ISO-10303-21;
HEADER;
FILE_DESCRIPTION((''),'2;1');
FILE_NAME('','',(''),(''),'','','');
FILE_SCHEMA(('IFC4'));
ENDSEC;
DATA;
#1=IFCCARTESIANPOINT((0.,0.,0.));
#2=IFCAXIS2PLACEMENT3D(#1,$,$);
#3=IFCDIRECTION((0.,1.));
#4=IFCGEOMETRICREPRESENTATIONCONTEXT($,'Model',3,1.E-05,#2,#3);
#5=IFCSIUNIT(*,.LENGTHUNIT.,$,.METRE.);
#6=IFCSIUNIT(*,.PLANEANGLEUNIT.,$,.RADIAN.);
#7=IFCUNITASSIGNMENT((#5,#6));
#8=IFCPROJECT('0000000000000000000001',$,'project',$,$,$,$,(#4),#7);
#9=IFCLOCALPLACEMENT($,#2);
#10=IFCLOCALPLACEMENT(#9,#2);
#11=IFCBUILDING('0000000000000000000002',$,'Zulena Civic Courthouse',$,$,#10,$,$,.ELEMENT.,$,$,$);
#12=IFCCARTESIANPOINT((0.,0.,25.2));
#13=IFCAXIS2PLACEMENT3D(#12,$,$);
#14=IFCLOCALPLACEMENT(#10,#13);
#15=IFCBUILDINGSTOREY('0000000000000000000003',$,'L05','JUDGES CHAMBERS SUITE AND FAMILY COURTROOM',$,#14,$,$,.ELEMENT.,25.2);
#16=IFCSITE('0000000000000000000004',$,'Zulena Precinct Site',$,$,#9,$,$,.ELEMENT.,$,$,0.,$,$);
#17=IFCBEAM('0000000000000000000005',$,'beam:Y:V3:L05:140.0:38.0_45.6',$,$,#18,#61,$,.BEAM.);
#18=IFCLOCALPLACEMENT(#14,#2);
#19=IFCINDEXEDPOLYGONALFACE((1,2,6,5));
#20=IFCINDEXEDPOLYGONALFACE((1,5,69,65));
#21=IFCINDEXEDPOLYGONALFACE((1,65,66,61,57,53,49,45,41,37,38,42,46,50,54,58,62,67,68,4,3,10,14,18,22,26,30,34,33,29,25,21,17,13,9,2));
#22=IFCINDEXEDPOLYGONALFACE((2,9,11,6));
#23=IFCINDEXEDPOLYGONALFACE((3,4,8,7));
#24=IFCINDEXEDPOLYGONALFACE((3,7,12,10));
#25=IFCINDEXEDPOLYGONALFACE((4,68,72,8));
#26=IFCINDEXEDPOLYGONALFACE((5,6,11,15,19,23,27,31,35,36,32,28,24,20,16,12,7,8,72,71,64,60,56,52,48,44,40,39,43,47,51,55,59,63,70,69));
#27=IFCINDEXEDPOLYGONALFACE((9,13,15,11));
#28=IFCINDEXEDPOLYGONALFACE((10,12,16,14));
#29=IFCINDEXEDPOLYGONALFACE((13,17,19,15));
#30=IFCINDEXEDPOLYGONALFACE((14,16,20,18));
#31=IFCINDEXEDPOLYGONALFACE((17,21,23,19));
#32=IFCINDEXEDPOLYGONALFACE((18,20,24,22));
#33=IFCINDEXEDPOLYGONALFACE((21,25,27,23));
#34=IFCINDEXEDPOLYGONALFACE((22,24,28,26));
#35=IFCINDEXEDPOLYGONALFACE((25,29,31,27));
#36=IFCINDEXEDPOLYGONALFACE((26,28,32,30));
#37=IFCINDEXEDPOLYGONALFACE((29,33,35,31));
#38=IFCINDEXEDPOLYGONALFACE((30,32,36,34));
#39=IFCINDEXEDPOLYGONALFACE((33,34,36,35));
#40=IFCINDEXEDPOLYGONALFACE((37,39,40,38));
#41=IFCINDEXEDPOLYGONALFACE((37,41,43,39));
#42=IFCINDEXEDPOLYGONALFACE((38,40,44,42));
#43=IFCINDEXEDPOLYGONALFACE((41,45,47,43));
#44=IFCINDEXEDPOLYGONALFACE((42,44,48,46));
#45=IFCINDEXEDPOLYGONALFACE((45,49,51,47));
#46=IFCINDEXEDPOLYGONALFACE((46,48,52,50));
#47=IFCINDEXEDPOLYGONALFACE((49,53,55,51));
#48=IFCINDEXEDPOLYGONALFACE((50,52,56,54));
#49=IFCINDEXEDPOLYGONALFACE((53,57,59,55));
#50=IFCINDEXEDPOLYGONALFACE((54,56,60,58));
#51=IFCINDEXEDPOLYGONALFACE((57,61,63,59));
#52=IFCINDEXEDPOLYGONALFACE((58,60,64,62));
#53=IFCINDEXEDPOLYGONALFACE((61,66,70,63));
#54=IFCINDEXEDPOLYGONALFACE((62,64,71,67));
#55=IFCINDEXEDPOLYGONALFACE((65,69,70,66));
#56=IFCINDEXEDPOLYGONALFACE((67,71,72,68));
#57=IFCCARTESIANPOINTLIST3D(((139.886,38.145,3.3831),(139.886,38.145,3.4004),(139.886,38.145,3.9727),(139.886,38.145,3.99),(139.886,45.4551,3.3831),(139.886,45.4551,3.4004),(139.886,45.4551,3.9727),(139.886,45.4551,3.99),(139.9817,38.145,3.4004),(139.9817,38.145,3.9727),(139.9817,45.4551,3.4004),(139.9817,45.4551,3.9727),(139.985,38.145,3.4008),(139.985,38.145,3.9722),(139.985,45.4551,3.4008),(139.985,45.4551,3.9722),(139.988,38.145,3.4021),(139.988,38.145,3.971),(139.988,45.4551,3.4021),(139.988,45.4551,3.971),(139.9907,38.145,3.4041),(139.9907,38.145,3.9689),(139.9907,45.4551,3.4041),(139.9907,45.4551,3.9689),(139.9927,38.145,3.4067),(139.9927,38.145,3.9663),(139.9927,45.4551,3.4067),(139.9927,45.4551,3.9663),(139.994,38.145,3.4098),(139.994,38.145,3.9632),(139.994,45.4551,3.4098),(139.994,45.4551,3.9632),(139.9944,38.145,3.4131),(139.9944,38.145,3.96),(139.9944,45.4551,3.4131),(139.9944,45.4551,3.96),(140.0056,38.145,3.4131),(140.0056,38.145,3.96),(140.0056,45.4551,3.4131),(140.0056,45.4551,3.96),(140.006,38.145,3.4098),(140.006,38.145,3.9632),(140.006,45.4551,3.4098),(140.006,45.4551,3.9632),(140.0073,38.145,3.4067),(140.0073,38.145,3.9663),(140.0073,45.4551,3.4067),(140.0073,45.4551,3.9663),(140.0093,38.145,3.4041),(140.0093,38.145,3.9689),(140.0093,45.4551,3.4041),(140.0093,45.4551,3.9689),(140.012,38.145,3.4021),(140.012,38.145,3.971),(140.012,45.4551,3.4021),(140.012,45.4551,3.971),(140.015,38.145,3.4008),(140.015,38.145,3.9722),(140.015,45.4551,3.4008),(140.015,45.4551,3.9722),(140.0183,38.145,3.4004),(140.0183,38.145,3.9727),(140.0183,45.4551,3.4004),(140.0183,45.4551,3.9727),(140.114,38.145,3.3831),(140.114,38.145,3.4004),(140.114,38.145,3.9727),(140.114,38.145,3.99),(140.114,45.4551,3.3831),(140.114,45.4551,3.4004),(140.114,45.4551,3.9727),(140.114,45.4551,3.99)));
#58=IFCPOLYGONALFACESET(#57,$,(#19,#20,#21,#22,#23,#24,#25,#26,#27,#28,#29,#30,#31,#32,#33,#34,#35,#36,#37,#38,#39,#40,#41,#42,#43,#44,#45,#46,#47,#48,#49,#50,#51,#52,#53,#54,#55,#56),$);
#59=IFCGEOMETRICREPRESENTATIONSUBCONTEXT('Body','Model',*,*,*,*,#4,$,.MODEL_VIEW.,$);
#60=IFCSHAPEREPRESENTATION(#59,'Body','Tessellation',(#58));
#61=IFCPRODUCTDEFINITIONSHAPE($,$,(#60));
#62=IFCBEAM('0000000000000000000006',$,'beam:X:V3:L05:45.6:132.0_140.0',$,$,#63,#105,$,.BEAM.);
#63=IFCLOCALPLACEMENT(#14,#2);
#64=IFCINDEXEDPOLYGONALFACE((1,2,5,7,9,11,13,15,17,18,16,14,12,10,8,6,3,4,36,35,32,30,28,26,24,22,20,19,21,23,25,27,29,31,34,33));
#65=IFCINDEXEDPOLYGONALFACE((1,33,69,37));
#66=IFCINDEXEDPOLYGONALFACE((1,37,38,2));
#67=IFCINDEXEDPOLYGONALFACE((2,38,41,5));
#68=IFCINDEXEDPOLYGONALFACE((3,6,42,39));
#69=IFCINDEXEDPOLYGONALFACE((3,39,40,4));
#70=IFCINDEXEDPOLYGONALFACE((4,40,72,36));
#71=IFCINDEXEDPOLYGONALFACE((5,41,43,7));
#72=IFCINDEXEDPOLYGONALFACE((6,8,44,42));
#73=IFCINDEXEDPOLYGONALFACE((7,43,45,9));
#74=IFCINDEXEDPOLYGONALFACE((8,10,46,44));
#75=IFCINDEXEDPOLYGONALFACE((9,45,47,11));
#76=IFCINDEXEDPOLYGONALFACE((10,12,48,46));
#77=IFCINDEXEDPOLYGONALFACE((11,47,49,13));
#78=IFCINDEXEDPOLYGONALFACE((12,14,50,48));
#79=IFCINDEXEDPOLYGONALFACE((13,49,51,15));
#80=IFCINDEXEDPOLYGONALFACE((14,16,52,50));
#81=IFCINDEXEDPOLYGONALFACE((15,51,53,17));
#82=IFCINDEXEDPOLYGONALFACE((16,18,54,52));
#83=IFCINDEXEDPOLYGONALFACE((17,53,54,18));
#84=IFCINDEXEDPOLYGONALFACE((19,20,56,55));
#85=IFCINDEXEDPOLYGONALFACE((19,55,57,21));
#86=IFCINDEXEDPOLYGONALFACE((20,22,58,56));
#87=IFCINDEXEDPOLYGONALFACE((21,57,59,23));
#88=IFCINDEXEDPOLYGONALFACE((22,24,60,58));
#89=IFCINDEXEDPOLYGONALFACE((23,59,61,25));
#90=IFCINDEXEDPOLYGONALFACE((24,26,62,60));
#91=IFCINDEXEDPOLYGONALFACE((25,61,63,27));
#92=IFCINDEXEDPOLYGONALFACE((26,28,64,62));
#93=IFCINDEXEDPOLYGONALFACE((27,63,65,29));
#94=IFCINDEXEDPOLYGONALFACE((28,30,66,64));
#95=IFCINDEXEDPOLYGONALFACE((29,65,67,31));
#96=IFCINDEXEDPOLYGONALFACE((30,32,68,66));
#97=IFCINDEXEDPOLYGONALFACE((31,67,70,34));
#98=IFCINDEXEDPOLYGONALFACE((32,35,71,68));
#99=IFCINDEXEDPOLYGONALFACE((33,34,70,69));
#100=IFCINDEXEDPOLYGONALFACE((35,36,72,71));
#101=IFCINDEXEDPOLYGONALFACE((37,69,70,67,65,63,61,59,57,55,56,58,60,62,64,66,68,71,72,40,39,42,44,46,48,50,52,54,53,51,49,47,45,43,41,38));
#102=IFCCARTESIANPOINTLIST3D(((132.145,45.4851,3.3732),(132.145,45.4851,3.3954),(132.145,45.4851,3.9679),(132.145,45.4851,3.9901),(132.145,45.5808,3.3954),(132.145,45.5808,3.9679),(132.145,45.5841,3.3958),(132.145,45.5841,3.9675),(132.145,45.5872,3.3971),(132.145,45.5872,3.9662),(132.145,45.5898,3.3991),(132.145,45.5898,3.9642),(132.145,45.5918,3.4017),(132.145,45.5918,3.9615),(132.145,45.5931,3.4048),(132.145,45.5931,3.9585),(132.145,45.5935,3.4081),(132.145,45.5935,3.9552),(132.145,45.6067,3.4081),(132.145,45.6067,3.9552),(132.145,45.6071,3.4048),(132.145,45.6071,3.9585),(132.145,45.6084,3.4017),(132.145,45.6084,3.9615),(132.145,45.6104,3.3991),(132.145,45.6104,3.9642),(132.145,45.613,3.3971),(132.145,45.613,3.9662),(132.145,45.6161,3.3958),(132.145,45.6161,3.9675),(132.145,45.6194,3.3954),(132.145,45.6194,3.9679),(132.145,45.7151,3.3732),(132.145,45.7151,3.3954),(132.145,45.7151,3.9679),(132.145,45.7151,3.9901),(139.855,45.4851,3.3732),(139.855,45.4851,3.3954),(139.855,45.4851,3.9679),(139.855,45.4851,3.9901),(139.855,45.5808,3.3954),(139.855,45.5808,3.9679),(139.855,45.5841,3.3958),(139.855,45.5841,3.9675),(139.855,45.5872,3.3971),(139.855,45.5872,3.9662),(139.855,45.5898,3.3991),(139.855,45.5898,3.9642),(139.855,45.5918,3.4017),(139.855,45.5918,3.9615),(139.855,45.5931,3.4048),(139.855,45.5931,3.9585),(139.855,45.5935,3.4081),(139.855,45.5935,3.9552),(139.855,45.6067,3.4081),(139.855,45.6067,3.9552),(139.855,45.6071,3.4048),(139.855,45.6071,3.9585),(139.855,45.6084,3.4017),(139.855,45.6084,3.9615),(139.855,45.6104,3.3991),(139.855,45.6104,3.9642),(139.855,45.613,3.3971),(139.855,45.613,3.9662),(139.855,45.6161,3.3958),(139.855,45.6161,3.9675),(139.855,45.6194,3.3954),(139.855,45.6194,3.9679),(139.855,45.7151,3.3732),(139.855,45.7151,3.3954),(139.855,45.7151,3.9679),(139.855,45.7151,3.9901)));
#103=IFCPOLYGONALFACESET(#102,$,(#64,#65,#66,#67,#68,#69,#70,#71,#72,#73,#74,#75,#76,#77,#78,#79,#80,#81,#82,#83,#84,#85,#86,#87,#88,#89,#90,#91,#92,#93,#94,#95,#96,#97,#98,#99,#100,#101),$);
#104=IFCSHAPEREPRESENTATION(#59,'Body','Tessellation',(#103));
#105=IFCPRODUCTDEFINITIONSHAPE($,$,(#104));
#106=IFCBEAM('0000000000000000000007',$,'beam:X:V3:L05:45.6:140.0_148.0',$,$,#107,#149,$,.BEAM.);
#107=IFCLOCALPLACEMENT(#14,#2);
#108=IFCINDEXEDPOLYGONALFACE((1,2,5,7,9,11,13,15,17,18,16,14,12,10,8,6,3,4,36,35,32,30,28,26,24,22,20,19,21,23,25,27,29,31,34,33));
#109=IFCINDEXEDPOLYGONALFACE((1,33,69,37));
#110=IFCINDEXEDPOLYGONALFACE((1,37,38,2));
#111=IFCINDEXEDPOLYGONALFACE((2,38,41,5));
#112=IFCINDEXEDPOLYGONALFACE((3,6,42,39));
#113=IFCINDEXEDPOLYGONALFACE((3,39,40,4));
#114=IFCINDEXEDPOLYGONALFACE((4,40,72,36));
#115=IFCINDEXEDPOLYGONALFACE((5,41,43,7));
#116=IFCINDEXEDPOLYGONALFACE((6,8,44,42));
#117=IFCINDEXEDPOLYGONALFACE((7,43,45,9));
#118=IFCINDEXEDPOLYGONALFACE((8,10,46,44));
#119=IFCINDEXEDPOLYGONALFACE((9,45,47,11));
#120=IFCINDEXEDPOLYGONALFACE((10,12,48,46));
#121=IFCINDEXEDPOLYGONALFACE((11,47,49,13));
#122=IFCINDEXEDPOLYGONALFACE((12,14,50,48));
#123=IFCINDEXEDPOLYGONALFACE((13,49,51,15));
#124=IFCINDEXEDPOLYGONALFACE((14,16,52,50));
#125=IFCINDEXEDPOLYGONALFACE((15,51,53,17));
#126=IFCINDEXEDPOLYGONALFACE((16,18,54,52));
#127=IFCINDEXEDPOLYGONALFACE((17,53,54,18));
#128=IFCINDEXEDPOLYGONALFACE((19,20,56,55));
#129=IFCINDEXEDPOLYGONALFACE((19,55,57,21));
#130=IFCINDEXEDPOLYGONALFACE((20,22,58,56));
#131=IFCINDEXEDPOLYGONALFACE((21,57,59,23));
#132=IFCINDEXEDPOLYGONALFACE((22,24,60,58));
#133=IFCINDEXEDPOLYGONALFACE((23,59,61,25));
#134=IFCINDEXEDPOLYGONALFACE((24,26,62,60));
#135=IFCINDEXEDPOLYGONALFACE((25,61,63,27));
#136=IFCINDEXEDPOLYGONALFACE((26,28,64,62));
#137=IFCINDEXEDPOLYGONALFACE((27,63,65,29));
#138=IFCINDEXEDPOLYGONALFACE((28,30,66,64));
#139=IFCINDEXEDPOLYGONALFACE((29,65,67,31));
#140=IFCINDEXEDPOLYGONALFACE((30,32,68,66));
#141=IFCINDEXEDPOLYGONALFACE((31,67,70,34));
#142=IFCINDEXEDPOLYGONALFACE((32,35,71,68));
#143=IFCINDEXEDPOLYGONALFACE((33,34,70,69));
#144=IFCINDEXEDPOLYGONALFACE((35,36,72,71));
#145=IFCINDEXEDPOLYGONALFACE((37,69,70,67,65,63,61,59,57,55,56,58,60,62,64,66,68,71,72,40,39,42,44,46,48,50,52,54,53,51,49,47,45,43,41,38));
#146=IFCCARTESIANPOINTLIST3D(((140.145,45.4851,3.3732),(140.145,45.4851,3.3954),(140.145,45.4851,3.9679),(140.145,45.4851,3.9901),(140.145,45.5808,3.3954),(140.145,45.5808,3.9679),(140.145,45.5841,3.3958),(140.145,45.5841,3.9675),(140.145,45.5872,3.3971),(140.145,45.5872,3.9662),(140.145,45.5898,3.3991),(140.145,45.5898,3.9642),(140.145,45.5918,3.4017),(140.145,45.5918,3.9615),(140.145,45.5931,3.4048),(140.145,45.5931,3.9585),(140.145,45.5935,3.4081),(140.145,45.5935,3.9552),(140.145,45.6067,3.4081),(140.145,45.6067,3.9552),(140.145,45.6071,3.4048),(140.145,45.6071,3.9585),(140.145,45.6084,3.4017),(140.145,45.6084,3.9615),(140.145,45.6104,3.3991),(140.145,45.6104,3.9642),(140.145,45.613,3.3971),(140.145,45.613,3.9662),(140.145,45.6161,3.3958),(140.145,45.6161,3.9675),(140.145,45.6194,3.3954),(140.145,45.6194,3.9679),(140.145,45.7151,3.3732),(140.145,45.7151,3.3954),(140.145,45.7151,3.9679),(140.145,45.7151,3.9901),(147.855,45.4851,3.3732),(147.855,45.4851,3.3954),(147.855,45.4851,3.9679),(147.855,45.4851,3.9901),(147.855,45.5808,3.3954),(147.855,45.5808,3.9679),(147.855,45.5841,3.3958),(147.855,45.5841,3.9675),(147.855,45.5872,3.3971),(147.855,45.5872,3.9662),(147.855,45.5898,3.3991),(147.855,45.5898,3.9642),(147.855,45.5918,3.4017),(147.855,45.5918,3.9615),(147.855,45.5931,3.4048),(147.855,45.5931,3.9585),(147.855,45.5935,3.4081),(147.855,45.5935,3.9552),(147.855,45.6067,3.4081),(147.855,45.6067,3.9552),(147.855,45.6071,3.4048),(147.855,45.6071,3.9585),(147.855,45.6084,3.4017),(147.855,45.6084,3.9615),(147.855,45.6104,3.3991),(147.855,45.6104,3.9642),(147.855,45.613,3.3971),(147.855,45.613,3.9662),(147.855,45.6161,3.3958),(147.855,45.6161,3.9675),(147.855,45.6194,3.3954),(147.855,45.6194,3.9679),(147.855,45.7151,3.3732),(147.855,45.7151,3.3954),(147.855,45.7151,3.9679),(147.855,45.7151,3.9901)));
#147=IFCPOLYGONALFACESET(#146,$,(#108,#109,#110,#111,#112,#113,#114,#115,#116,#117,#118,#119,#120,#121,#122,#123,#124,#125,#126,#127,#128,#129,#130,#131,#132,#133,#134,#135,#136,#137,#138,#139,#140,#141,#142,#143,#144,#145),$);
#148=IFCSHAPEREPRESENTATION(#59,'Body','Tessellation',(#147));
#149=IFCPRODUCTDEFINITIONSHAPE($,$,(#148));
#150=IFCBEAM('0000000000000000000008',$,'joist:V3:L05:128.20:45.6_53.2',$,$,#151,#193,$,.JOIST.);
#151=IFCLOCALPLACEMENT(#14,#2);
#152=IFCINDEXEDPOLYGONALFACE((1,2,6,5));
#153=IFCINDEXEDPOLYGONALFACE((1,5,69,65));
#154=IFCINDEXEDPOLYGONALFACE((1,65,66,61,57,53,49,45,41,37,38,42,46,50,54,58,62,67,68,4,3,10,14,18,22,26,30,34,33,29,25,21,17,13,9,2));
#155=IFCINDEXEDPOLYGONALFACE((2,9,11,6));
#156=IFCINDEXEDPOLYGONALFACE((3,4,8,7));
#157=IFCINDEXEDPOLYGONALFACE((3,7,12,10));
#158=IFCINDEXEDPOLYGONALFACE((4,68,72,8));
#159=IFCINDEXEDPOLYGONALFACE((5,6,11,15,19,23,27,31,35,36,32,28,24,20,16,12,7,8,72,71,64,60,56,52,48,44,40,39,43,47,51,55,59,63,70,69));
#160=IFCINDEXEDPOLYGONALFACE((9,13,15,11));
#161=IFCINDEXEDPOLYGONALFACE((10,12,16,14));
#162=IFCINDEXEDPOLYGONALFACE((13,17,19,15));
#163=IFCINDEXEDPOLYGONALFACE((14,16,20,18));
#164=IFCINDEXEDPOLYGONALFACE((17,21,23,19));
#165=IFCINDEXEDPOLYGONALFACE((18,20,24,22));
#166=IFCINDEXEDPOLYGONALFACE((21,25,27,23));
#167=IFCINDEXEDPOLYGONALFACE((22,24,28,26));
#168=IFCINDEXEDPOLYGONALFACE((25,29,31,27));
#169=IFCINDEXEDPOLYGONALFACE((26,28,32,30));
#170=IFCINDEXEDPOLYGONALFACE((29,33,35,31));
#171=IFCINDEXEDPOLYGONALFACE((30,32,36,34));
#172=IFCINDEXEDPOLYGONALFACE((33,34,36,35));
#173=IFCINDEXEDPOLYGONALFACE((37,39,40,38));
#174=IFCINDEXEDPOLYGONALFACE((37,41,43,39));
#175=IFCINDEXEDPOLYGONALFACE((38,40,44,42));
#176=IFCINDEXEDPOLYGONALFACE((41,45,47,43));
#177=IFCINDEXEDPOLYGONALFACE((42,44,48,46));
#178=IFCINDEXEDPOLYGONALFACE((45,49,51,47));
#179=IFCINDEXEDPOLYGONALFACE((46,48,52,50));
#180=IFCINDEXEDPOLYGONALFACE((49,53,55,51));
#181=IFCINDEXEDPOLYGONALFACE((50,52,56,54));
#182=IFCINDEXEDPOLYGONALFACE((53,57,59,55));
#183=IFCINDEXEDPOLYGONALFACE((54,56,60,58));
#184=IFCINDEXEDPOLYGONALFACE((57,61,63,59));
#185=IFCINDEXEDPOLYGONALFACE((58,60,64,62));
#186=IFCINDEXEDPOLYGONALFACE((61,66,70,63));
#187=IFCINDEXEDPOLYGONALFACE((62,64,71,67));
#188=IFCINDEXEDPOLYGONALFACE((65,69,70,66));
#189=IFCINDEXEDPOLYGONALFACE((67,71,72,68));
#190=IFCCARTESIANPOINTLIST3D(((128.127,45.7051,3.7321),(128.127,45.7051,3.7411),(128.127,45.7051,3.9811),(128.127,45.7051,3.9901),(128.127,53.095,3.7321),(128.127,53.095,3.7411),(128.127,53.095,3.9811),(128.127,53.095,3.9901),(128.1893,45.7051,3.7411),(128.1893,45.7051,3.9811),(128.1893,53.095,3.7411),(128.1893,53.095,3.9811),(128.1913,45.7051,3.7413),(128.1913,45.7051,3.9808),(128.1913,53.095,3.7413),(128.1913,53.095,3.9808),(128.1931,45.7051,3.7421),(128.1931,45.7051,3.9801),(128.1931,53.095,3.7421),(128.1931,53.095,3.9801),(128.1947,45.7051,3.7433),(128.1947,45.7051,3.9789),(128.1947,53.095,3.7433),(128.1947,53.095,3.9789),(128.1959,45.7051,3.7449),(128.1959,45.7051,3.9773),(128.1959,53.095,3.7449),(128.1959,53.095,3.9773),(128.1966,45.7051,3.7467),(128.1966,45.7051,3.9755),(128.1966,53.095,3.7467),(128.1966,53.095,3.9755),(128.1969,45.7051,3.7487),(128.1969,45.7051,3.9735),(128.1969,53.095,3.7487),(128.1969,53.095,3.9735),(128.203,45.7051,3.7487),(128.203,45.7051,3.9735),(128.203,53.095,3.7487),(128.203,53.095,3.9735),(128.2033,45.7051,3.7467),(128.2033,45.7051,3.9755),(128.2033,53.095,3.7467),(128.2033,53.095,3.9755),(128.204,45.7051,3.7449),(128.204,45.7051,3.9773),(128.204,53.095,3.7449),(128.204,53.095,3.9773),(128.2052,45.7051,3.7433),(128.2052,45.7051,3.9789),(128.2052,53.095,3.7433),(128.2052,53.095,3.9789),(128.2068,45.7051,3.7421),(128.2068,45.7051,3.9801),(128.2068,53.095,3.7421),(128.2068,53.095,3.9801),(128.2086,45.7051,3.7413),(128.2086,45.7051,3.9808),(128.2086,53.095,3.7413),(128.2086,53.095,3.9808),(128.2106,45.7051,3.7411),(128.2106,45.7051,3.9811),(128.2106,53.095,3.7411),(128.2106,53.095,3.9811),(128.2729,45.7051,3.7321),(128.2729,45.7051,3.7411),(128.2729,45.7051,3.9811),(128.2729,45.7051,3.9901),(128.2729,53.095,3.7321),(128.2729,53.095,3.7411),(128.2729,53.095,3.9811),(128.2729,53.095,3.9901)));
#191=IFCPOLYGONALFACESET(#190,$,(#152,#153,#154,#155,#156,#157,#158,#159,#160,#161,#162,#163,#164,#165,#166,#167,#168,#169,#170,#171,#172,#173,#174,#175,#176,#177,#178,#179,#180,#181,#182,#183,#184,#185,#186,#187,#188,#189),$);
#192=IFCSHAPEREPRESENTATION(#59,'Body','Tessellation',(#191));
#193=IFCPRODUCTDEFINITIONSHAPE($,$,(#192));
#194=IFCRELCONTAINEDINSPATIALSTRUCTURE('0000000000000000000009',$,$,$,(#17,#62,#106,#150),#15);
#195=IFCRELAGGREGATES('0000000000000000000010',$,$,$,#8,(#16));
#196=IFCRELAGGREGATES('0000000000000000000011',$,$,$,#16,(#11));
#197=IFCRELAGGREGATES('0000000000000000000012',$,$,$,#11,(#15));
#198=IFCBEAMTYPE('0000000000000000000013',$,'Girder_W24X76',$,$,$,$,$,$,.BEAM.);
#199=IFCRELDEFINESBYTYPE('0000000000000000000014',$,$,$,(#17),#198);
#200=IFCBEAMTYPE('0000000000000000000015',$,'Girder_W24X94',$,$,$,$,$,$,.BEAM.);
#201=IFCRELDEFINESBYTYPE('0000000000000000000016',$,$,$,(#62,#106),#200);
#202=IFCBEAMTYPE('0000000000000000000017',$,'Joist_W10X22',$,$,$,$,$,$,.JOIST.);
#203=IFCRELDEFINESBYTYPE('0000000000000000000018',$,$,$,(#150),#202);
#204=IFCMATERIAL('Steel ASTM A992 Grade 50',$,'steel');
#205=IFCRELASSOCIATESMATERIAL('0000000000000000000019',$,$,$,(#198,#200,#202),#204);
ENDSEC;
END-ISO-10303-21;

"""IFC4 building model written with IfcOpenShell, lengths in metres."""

from ifc_helpers import new_model, si_unit, direction, frame, origin, origin_2d, place, context, subcontext, project, spatial, i_section, extrude, material, material_profile, profile_set, type_object, element, save


model = new_model("IFC4")

# Units and contexts
model_context = context("Model", 3, precision=1e-05, world=origin(), true_north=direction((0.0, 1.0)))
body_context = subcontext(model_context, "Body", "Model", "MODEL_VIEW")
ifc_project = project(units=[si_unit("LENGTHUNIT", "METRE"), si_unit("PLANEANGLEUNIT", "RADIAN")], contexts=[model_context])

# Site, building, storey
site_placement = place(None, origin())
site = spatial("IfcSite", under=ifc_project, at=site_placement, Name="Zulena Precinct Site", CompositionType="ELEMENT", RefElevation=0.0)
building_placement = place(site_placement, origin())
building = spatial("IfcBuilding", under=site, at=building_placement, Name="Zulena Civic Courthouse", CompositionType="ELEMENT")
storey_placement = place(building_placement, frame((0.0, 0.0, 25.2)))
storey = spatial("IfcBuildingStorey", under=building, at=storey_placement, Name="L05", Description="JUDGES CHAMBERS SUITE AND FAMILY COURTROOM", CompositionType="ELEMENT", Elevation=25.2)

# Shared definitions
ifc_material_1 = material(Name="Steel ASTM A992 Grade 50", Category="steel")

# Beams
ifc_material_profile_1 = material_profile(ifc_material_1, i_section(OverallWidth=0.228, OverallDepth=0.6069, WebThickness=0.0112, FlangeThickness=0.0173, FilletRadius=0.0127, at=origin_2d()), Name="W24X76")
ifc_profile_set_1 = profile_set([ifc_material_profile_1], Name="Steel ASTM A992 Grade 50")
beam_type_1 = type_object("IfcBeamType", Name="Girder_W24X76", PredefinedType="BEAM", material=ifc_profile_set_1)
beam_placement = place(storey_placement, frame((140.0, 38.145, 3.6865), z_axis=(0.0, 1.0, 0.0), x_axis=(-1.0, 0.0, 0.0)))
element("IfcBeam", 1, at=beam_placement, inside=storey, type_object=beam_type_1, Name="beam:Y:V3:L05:140.0:38.0_45.6", PredefinedType="BEAM", context=body_context, shape_type="SweptSolid", body=[
    extrude(i_section(OverallWidth=0.228, OverallDepth=0.6069, WebThickness=0.0112, FlangeThickness=0.0173, FilletRadius=0.0127, at=origin_2d()), origin(), (0.0, 0.0, 1.0), 7.3101),
])
ifc_material_profile_2 = material_profile(ifc_material_1, i_section(OverallWidth=0.23, OverallDepth=0.6169, WebThickness=0.0132, FlangeThickness=0.0222, FilletRadius=0.0127, at=origin_2d()), Name="W24X94")
ifc_profile_set_2 = profile_set([ifc_material_profile_2], Name="Steel ASTM A992 Grade 50")
beam_type_2 = type_object("IfcBeamType", Name="Girder_W24X94", PredefinedType="BEAM", material=ifc_profile_set_2)
for number, where, z_axis, x_axis, name in (
    (2, (132.145, 45.6001, 3.6816), (1.0, 0.0, 0.0), (0.0, 1.0, 0.0), "beam:X:V3:L05:45.6:132.0_140.0"),
    (3, (140.145, 45.6001, 3.6816), (1.0, 0.0, 0.0), (0.0, 1.0, 0.0), "beam:X:V3:L05:45.6:140.0_148.0"),
):
    element("IfcBeam", number, at=place(storey_placement, frame(where, z_axis=z_axis, x_axis=x_axis)), inside=storey, type_object=beam_type_2, Name=name, PredefinedType="BEAM", context=body_context, shape_type="SweptSolid", body=[
        extrude(i_section(OverallWidth=0.23, OverallDepth=0.6169, WebThickness=0.0132, FlangeThickness=0.0222, FilletRadius=0.0127, at=origin_2d()), origin(), (0.0, 0.0, 1.0), 7.71),
    ])
ifc_material_profile_3 = material_profile(ifc_material_1, i_section(OverallWidth=0.146, OverallDepth=0.2581, WebThickness=0.0061, FlangeThickness=0.009, FilletRadius=0.0076, at=origin_2d()), Name="W10X22")
ifc_profile_set_3 = profile_set([ifc_material_profile_3], Name="Steel ASTM A992 Grade 50")
beam_type_3 = type_object("IfcBeamType", Name="Joist_W10X22", PredefinedType="JOIST", material=ifc_profile_set_3)
for number, where, z_axis, x_axis, name in (
    (4, (128.2, 45.7051, 3.8611), (0.0, 1.0, 0.0), (-1.0, 0.0, 0.0), "joist:V3:L05:128.20:45.6_53.2"),
):
    element("IfcBeam", number, at=place(storey_placement, frame(where, z_axis=z_axis, x_axis=x_axis)), inside=storey, type_object=beam_type_3, Name=name, PredefinedType="JOIST", context=body_context, shape_type="SweptSolid", body=[
        extrude(i_section(OverallWidth=0.146, OverallDepth=0.2581, WebThickness=0.0061, FlangeThickness=0.009, FilletRadius=0.0076, at=origin_2d()), origin(), (0.0, 0.0, 1.0), 7.3899),
    ])

save(model, "model.ifc")
